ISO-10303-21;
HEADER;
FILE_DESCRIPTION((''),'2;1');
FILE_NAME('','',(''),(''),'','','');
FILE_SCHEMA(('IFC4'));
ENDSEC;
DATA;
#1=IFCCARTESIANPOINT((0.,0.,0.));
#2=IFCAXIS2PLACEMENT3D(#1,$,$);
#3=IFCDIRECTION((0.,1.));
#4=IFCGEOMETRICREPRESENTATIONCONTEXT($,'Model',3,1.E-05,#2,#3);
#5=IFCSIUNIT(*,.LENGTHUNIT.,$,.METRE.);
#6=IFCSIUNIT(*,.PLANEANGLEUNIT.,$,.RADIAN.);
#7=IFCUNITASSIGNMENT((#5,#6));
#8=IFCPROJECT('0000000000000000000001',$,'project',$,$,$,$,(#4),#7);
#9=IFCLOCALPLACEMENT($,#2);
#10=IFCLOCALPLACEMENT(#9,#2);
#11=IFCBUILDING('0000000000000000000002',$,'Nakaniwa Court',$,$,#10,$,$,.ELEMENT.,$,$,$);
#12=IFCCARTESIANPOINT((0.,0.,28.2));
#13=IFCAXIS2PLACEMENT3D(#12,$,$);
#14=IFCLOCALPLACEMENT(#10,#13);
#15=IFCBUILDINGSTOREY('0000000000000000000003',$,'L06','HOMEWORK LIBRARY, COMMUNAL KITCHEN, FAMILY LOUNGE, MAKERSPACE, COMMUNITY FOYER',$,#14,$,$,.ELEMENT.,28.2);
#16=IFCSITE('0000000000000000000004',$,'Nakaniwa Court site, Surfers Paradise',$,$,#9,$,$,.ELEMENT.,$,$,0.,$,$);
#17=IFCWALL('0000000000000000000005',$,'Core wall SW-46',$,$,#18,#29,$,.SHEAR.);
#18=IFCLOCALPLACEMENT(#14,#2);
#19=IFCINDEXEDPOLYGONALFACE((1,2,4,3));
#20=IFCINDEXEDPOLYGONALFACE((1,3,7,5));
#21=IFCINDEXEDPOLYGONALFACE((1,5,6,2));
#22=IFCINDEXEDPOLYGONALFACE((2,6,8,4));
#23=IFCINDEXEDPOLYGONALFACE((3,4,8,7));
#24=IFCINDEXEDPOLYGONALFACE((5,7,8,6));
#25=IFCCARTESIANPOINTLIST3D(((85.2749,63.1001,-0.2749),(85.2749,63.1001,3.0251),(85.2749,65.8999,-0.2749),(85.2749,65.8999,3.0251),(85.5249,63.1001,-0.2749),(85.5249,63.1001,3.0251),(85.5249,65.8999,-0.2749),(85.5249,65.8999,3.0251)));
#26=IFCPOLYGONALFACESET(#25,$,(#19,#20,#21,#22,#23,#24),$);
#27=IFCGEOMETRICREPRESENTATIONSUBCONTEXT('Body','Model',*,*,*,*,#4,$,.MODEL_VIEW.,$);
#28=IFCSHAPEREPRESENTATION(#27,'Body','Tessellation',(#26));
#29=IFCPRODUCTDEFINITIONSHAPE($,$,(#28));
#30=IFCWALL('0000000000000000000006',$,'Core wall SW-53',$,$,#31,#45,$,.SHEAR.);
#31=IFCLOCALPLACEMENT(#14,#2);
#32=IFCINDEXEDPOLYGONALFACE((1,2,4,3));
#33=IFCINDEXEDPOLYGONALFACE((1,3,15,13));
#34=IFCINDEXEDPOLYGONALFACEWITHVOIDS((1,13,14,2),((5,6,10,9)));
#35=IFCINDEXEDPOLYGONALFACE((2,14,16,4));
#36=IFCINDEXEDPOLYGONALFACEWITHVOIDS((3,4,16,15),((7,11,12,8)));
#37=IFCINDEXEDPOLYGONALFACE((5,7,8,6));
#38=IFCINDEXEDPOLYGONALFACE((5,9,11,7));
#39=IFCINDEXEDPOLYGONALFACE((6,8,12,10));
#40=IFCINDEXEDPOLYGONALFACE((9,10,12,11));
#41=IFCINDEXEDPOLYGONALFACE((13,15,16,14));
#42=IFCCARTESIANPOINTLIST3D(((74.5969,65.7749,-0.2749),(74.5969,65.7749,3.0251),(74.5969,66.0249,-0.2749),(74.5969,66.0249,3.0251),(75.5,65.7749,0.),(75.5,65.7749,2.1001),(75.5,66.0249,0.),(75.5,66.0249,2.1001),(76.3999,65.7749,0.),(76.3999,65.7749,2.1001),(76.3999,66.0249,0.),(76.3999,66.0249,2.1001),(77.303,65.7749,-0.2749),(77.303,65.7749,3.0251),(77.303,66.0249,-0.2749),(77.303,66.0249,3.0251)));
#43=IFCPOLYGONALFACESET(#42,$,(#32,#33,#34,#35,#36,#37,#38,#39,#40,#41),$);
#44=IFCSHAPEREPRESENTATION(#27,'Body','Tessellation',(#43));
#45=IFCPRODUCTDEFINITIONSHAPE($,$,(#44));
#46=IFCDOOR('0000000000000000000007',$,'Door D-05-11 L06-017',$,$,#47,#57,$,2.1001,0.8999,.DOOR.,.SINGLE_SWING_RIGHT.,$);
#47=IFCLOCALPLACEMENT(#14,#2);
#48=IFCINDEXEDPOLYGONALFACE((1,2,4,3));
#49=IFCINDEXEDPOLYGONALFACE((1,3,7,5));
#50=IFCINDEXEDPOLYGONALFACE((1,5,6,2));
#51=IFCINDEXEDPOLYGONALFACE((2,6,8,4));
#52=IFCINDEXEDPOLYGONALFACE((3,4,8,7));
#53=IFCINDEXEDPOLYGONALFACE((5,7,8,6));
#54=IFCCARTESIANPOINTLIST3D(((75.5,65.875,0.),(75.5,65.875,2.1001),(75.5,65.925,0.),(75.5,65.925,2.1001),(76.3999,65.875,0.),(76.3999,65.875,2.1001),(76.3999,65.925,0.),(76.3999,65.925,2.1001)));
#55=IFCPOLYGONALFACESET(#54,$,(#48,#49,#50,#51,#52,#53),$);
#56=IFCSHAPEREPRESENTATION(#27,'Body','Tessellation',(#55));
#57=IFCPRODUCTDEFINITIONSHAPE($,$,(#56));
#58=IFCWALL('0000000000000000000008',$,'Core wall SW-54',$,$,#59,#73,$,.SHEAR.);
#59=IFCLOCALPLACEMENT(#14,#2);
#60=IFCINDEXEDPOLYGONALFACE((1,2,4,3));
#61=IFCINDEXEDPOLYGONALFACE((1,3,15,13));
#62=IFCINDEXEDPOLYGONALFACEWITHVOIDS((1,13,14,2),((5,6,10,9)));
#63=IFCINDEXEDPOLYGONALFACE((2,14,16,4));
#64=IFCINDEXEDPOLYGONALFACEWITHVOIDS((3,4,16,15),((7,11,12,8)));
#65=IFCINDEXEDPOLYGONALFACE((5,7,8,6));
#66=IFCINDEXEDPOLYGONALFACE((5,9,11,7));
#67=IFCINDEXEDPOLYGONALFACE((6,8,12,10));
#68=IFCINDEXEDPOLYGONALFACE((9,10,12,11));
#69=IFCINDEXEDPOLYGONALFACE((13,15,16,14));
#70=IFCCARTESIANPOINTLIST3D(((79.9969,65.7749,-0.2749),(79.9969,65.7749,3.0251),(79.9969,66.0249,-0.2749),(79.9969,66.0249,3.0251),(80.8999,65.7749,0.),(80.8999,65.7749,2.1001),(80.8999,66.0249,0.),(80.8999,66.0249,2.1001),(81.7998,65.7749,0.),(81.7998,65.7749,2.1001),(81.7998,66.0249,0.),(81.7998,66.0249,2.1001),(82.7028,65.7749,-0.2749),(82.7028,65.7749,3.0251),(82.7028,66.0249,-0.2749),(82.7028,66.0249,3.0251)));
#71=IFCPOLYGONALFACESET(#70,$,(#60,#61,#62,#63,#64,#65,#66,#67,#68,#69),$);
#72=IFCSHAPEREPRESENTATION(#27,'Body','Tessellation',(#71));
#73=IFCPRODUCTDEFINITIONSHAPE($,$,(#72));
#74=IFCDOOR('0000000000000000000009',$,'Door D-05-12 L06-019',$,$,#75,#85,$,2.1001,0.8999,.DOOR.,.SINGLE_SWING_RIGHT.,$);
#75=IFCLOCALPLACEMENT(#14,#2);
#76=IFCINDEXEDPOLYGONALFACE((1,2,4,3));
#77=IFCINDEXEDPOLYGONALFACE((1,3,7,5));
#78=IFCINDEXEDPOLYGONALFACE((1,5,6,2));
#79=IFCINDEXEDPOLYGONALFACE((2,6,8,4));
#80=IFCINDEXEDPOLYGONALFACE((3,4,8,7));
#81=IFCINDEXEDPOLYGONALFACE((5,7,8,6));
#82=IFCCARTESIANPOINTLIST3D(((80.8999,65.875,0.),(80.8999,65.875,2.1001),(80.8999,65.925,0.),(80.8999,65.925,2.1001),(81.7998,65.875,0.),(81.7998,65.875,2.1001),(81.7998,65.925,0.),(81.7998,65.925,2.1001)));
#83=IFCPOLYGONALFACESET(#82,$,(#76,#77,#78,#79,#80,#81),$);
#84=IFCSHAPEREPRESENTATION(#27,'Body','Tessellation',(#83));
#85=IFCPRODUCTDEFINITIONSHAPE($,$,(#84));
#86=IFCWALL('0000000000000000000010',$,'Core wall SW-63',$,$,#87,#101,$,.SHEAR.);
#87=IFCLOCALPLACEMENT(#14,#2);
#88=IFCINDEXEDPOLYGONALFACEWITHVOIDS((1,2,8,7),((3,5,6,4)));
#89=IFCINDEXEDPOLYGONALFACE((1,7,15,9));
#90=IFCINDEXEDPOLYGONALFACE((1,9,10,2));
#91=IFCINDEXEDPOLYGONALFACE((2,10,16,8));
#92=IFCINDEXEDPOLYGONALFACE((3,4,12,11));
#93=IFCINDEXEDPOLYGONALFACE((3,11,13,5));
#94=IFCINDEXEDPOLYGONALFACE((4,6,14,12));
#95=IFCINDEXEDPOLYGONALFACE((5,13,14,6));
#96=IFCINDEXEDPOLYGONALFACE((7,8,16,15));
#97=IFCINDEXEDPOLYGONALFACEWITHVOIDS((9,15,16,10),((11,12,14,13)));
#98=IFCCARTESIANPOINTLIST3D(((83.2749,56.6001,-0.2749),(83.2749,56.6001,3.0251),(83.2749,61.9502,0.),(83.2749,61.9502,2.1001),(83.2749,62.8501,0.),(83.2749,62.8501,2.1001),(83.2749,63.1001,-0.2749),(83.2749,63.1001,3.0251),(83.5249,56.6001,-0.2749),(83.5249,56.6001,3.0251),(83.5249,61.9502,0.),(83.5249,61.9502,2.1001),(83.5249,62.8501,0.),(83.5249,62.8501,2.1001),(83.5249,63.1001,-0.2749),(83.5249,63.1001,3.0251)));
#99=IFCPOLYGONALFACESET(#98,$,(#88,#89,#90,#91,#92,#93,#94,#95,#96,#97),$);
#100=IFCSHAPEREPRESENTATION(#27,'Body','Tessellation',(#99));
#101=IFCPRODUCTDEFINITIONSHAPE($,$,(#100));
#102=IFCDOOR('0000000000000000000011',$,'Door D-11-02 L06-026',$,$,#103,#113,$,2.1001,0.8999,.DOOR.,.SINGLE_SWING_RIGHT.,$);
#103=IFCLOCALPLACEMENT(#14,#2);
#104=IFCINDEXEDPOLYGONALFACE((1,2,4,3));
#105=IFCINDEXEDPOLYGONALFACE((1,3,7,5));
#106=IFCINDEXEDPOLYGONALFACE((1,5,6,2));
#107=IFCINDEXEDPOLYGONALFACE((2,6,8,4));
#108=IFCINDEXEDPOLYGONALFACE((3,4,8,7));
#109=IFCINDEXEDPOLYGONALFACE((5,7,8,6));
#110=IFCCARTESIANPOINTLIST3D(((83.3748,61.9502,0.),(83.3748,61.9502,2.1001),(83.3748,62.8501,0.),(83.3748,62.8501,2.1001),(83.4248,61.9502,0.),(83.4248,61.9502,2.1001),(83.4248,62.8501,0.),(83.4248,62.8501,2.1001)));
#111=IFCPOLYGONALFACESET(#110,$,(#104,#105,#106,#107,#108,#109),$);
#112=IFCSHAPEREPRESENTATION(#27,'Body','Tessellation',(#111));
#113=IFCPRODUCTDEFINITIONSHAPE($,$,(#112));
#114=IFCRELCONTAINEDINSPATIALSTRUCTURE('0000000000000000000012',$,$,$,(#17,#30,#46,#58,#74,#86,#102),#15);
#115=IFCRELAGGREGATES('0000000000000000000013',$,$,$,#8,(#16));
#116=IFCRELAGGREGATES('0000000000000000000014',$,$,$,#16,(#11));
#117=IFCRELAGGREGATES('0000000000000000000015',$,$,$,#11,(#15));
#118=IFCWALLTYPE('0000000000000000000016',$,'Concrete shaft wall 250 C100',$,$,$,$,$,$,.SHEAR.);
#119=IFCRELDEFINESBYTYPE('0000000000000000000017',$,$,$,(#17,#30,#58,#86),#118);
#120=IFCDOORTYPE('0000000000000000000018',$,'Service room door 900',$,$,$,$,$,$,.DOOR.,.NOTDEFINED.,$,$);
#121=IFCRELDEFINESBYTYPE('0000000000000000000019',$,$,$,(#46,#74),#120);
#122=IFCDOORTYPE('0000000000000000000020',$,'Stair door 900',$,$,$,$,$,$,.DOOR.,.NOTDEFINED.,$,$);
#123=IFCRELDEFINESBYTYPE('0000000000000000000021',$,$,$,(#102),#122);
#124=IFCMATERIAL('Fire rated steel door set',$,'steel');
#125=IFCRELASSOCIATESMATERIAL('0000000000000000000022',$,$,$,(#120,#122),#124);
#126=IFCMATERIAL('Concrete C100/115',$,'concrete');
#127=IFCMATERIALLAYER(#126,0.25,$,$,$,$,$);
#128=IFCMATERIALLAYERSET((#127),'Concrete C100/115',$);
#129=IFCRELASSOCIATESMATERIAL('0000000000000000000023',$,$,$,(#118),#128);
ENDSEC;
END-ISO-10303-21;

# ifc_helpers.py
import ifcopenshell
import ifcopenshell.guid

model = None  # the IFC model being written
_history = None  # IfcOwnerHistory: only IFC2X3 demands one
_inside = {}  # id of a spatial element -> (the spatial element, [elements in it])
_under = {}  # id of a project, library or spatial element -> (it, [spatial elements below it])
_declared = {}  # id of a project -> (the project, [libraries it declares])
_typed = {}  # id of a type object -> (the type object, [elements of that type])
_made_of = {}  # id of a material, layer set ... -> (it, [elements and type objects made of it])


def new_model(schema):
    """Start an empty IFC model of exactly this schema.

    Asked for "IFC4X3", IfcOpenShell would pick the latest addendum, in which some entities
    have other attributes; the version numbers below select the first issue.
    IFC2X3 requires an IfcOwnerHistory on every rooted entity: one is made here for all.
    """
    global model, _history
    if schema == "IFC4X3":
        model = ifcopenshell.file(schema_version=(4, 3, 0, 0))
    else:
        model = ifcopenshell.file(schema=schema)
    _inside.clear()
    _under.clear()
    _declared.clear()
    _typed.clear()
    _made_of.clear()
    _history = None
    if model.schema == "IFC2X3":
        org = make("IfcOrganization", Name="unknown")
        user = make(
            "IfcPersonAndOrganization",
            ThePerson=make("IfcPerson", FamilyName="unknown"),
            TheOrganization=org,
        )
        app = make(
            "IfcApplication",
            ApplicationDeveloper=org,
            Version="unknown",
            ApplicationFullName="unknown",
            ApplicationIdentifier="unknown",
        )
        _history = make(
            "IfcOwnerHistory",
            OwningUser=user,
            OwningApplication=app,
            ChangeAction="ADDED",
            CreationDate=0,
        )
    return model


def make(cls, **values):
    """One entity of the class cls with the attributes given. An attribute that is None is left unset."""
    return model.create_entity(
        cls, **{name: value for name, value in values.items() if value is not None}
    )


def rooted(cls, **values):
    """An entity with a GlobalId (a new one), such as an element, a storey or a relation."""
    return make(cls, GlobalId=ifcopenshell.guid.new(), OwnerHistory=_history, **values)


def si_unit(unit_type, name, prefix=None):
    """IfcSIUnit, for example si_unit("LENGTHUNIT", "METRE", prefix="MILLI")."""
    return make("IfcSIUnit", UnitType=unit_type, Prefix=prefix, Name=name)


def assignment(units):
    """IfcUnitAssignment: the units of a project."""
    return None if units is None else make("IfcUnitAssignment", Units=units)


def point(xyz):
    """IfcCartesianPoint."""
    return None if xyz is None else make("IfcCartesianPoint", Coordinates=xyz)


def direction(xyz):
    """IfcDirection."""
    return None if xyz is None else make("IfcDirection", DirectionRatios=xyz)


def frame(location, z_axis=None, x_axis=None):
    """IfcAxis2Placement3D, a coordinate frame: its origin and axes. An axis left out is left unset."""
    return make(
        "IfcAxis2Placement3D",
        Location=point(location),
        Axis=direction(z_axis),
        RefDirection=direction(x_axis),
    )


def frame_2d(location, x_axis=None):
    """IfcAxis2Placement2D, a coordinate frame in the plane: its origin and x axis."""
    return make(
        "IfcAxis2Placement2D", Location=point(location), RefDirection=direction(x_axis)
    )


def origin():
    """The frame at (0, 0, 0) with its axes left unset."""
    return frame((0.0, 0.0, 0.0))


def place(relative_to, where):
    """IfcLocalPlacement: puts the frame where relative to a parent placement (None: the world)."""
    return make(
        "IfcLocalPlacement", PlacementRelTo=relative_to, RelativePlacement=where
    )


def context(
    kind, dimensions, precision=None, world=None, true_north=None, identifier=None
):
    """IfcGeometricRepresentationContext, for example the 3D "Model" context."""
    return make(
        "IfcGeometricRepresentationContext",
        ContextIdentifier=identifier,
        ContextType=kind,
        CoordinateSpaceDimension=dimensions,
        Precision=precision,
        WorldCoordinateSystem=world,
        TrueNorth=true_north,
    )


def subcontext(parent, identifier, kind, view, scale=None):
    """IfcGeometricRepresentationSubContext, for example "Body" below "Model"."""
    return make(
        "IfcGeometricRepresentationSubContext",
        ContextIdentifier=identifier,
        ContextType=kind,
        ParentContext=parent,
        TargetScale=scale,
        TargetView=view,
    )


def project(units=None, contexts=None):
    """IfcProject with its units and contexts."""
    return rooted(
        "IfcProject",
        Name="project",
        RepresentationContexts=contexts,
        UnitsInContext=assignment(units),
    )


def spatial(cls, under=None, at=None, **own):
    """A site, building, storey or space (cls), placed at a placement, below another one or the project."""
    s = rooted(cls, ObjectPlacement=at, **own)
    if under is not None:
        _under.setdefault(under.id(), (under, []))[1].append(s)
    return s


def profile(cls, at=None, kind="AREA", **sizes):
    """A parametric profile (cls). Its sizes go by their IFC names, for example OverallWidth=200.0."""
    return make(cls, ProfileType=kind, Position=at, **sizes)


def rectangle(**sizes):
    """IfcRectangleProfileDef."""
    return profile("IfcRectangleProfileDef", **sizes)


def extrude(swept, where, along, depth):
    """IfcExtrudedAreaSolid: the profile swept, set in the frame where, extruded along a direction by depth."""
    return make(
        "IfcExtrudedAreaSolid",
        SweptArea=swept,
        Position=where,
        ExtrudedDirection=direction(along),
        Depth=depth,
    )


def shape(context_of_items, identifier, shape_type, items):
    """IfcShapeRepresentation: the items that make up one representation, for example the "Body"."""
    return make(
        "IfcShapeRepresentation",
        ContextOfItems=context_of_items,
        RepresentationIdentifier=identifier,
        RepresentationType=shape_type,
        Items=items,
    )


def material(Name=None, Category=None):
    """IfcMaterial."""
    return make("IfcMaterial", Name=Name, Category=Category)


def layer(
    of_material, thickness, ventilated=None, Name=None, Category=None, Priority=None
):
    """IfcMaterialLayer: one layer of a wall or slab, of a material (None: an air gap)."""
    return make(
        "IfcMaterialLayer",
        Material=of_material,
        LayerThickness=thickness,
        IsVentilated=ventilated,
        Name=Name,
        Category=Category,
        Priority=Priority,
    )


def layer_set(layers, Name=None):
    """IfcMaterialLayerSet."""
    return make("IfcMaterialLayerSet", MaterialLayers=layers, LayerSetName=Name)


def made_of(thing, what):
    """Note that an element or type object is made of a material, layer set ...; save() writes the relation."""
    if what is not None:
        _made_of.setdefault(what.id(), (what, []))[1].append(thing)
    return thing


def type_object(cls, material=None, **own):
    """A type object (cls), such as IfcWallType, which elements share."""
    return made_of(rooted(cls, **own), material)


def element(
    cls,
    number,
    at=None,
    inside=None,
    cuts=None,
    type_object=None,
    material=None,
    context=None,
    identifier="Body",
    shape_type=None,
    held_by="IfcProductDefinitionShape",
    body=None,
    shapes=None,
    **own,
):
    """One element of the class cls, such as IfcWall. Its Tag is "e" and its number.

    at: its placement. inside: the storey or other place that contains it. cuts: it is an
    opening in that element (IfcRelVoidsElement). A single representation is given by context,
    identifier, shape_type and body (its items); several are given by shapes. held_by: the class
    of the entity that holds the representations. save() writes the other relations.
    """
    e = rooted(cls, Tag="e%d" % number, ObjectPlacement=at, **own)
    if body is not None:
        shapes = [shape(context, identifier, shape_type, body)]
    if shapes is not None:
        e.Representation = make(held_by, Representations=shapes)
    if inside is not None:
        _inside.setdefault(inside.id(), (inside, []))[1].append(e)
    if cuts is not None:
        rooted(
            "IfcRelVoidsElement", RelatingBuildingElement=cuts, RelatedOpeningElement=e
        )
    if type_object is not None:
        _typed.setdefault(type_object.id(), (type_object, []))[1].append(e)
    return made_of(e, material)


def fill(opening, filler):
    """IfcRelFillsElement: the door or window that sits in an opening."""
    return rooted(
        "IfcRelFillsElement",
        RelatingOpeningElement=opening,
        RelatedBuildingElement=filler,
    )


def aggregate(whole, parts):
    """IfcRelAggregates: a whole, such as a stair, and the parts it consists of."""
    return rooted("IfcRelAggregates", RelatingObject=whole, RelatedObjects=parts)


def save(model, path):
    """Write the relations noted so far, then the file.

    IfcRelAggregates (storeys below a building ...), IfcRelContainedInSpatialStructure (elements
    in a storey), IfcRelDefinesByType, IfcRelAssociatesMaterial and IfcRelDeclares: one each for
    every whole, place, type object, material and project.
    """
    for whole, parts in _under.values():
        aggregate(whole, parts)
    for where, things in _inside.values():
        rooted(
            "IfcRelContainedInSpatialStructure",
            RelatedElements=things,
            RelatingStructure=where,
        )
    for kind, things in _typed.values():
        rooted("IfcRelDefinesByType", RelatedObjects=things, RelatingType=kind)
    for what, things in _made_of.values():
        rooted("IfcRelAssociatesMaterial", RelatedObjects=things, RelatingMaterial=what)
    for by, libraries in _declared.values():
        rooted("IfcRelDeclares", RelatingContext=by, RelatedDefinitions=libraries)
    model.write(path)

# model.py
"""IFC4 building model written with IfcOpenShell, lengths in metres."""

from ifc_helpers import new_model, si_unit, direction, frame, frame_2d, origin, place, context, subcontext, project, spatial, rectangle, extrude, material, layer, layer_set, type_object, element, fill, save


model = new_model("IFC4")

# Units and contexts
model_context = context("Model", 3, precision=1e-05, world=origin(), true_north=direction((0.0, 1.0)))
body_context = subcontext(model_context, "Body", "Model", "MODEL_VIEW")
ifc_project = project(units=[si_unit("LENGTHUNIT", "METRE"), si_unit("PLANEANGLEUNIT", "RADIAN")], contexts=[model_context])

# Site, building, storey
site_placement = place(None, origin())
site = spatial("IfcSite", under=ifc_project, at=site_placement, Name="Nakaniwa Court site, Surfers Paradise", CompositionType="ELEMENT", RefElevation=0.0)
building_placement = place(site_placement, origin())
building = spatial("IfcBuilding", under=site, at=building_placement, Name="Nakaniwa Court", CompositionType="ELEMENT")
storey_placement = place(building_placement, frame((0.0, 0.0, 28.2)))
storey = spatial("IfcBuildingStorey", under=building, at=storey_placement, Name="L06", Description="HOMEWORK LIBRARY, COMMUNAL KITCHEN, FAMILY LOUNGE, MAKERSPACE, COMMUNITY FOYER", CompositionType="ELEMENT", Elevation=28.2)

# Shared definitions
ifc_material_1 = material(Name="Concrete C100/115", Category="concrete")

# Shared definitions
ifc_material_2 = material(Name="Fire rated steel door set", Category="steel")
door_type_1 = type_object("IfcDoorType", Name="Service room door 900", OperationType="NOTDEFINED", PredefinedType="DOOR", material=ifc_material_2)

# Wall
ifc_layer_1 = layer(ifc_material_1, 0.25)
ifc_layer_set_1 = layer_set([ifc_layer_1], Name="Concrete C100/115")
wall_type_1 = type_object("IfcWallType", Name="Concrete shaft wall 250 C100", PredefinedType="SHEAR", material=ifc_layer_set_1)
for number, where, z_axis, x_axis, name in (
    (1, (85.3999, 63.1001, -0.2749), (0.0, 0.0, 1.0), (0.0, 1.0, 0.0), "Core wall SW-46"),
):
    element("IfcWall", number, at=place(storey_placement, frame(where, z_axis=z_axis, x_axis=x_axis)), inside=storey, type_object=wall_type_1, Name=name, PredefinedType="SHEAR", context=body_context, shape_type="SweptSolid", body=[
        extrude(rectangle(XDim=2.7998, YDim=0.25, at=frame_2d((1.3999, 0.0))), origin(), (0.0, 0.0, 1.0), 3.3),
    ])

# Walls, openings, doors
wall_1_placement = place(storey_placement, frame((77.303, 65.8999, -0.2749), z_axis=(0.0, 0.0, 1.0), x_axis=(-1.0, 0.0, 0.0)))
wall_1 = element("IfcWall", 2, at=wall_1_placement, inside=storey, type_object=wall_type_1, Name="Core wall SW-53", PredefinedType="SHEAR", context=body_context, shape_type="SweptSolid", body=[
    extrude(rectangle(XDim=2.7061, YDim=0.25, at=frame_2d((1.353, 0.0))), origin(), (0.0, 0.0, 1.0), 3.3),
])
opening_1_placement = place(wall_1_placement, frame((0.9031, 0.0, 0.2749)))
opening_1 = element("IfcOpeningElement", 3, at=opening_1_placement, cuts=wall_1, PredefinedType="OPENING", context=body_context, shape_type="SweptSolid", body=[
    extrude(rectangle(XDim=0.8999, YDim=2.1001, at=frame_2d((0.45, 1.05))), frame((0.0, 0.135, 0.0), z_axis=(0.0, -1.0, 0.0), x_axis=(1.0, 0.0, 0.0)), (0.0, 0.0, 1.0), 0.27),
])
door_1_placement = place(opening_1_placement, origin())
door_1 = element("IfcDoor", 4, at=door_1_placement, inside=storey, type_object=door_type_1, Name="Door D-05-11 L06-017", OperationType="SINGLE_SWING_RIGHT", OverallHeight=2.1001, OverallWidth=0.8999, PredefinedType="DOOR", context=body_context, shape_type="SweptSolid", body=[
    extrude(rectangle(XDim=0.8999, YDim=2.1001, at=frame_2d((0.45, 1.05))), frame((0.0, 0.0249, 0.0), z_axis=(0.0, -1.0, 0.0), x_axis=(1.0, 0.0, 0.0)), (0.0, 0.0, 1.0), 0.05),
])
fill(opening_1, door_1)
wall_2_placement = place(storey_placement, frame((82.7029, 65.8999, -0.2749), z_axis=(0.0, 0.0, 1.0), x_axis=(-1.0, 0.0, 0.0)))
wall_2 = element("IfcWall", 5, at=wall_2_placement, inside=storey, type_object=wall_type_1, Name="Core wall SW-54", PredefinedType="SHEAR", context=body_context, shape_type="SweptSolid", body=[
    extrude(rectangle(XDim=2.7058, YDim=0.25, at=frame_2d((1.353, 0.0))), origin(), (0.0, 0.0, 1.0), 3.3),
])
opening_2_placement = place(wall_2_placement, frame((0.9031, 0.0, 0.2749)))
opening_2 = element("IfcOpeningElement", 6, at=opening_2_placement, cuts=wall_2, PredefinedType="OPENING", context=body_context, shape_type="SweptSolid", body=[
    extrude(rectangle(XDim=0.8999, YDim=2.1001, at=frame_2d((0.45, 1.05))), frame((0.0, 0.135, 0.0), z_axis=(0.0, -1.0, 0.0), x_axis=(1.0, 0.0, 0.0)), (0.0, 0.0, 1.0), 0.27),
])
door_2_placement = place(opening_2_placement, origin())
door_2 = element("IfcDoor", 7, at=door_2_placement, inside=storey, type_object=door_type_1, Name="Door D-05-12 L06-019", OperationType="SINGLE_SWING_RIGHT", OverallHeight=2.1001, OverallWidth=0.8999, PredefinedType="DOOR", context=body_context, shape_type="SweptSolid", body=[
    extrude(rectangle(XDim=0.8999, YDim=2.1001, at=frame_2d((0.45, 1.05))), frame((0.0, 0.0249, 0.0), z_axis=(0.0, -1.0, 0.0), x_axis=(1.0, 0.0, 0.0)), (0.0, 0.0, 1.0), 0.05),
])
fill(opening_2, door_2)
wall_3_placement = place(storey_placement, frame((83.3999, 63.1001, -0.2749), z_axis=(0.0, 0.0, 1.0), x_axis=(0.0, -1.0, 0.0)))
wall_3 = element("IfcWall", 8, at=wall_3_placement, inside=storey, type_object=wall_type_1, Name="Core wall SW-63", PredefinedType="SHEAR", context=body_context, shape_type="SweptSolid", body=[
    extrude(rectangle(XDim=6.5, YDim=0.25, at=frame_2d((3.25, 0.0))), origin(), (0.0, 0.0, 1.0), 3.3),
])
opening_3_placement = place(wall_3_placement, frame((0.25, 0.0, 0.2749)))
opening_3 = element("IfcOpeningElement", 9, at=opening_3_placement, cuts=wall_3, PredefinedType="OPENING", context=body_context, shape_type="SweptSolid", body=[
    extrude(rectangle(XDim=0.8999, YDim=2.1001, at=frame_2d((0.45, 1.05))), frame((0.0, 0.135, 0.0), z_axis=(0.0, -1.0, 0.0), x_axis=(1.0, 0.0, 0.0)), (0.0, 0.0, 1.0), 0.27),
])
door_type_2 = type_object("IfcDoorType", Name="Stair door 900", OperationType="NOTDEFINED", PredefinedType="DOOR", material=ifc_material_2)
door_3_placement = place(opening_3_placement, origin())
door_3 = element("IfcDoor", 10, at=door_3_placement, inside=storey, type_object=door_type_2, Name="Door D-11-02 L06-026", OperationType="SINGLE_SWING_RIGHT", OverallHeight=2.1001, OverallWidth=0.8999, PredefinedType="DOOR", context=body_context, shape_type="SweptSolid", body=[
    extrude(rectangle(XDim=0.8999, YDim=2.1001, at=frame_2d((0.45, 1.05))), frame((0.0, 0.0249, 0.0), z_axis=(0.0, -1.0, 0.0), x_axis=(1.0, 0.0, 0.0)), (0.0, 0.0, 1.0), 0.05),
])
fill(opening_3, door_3)

save(model, "model.ifc")
